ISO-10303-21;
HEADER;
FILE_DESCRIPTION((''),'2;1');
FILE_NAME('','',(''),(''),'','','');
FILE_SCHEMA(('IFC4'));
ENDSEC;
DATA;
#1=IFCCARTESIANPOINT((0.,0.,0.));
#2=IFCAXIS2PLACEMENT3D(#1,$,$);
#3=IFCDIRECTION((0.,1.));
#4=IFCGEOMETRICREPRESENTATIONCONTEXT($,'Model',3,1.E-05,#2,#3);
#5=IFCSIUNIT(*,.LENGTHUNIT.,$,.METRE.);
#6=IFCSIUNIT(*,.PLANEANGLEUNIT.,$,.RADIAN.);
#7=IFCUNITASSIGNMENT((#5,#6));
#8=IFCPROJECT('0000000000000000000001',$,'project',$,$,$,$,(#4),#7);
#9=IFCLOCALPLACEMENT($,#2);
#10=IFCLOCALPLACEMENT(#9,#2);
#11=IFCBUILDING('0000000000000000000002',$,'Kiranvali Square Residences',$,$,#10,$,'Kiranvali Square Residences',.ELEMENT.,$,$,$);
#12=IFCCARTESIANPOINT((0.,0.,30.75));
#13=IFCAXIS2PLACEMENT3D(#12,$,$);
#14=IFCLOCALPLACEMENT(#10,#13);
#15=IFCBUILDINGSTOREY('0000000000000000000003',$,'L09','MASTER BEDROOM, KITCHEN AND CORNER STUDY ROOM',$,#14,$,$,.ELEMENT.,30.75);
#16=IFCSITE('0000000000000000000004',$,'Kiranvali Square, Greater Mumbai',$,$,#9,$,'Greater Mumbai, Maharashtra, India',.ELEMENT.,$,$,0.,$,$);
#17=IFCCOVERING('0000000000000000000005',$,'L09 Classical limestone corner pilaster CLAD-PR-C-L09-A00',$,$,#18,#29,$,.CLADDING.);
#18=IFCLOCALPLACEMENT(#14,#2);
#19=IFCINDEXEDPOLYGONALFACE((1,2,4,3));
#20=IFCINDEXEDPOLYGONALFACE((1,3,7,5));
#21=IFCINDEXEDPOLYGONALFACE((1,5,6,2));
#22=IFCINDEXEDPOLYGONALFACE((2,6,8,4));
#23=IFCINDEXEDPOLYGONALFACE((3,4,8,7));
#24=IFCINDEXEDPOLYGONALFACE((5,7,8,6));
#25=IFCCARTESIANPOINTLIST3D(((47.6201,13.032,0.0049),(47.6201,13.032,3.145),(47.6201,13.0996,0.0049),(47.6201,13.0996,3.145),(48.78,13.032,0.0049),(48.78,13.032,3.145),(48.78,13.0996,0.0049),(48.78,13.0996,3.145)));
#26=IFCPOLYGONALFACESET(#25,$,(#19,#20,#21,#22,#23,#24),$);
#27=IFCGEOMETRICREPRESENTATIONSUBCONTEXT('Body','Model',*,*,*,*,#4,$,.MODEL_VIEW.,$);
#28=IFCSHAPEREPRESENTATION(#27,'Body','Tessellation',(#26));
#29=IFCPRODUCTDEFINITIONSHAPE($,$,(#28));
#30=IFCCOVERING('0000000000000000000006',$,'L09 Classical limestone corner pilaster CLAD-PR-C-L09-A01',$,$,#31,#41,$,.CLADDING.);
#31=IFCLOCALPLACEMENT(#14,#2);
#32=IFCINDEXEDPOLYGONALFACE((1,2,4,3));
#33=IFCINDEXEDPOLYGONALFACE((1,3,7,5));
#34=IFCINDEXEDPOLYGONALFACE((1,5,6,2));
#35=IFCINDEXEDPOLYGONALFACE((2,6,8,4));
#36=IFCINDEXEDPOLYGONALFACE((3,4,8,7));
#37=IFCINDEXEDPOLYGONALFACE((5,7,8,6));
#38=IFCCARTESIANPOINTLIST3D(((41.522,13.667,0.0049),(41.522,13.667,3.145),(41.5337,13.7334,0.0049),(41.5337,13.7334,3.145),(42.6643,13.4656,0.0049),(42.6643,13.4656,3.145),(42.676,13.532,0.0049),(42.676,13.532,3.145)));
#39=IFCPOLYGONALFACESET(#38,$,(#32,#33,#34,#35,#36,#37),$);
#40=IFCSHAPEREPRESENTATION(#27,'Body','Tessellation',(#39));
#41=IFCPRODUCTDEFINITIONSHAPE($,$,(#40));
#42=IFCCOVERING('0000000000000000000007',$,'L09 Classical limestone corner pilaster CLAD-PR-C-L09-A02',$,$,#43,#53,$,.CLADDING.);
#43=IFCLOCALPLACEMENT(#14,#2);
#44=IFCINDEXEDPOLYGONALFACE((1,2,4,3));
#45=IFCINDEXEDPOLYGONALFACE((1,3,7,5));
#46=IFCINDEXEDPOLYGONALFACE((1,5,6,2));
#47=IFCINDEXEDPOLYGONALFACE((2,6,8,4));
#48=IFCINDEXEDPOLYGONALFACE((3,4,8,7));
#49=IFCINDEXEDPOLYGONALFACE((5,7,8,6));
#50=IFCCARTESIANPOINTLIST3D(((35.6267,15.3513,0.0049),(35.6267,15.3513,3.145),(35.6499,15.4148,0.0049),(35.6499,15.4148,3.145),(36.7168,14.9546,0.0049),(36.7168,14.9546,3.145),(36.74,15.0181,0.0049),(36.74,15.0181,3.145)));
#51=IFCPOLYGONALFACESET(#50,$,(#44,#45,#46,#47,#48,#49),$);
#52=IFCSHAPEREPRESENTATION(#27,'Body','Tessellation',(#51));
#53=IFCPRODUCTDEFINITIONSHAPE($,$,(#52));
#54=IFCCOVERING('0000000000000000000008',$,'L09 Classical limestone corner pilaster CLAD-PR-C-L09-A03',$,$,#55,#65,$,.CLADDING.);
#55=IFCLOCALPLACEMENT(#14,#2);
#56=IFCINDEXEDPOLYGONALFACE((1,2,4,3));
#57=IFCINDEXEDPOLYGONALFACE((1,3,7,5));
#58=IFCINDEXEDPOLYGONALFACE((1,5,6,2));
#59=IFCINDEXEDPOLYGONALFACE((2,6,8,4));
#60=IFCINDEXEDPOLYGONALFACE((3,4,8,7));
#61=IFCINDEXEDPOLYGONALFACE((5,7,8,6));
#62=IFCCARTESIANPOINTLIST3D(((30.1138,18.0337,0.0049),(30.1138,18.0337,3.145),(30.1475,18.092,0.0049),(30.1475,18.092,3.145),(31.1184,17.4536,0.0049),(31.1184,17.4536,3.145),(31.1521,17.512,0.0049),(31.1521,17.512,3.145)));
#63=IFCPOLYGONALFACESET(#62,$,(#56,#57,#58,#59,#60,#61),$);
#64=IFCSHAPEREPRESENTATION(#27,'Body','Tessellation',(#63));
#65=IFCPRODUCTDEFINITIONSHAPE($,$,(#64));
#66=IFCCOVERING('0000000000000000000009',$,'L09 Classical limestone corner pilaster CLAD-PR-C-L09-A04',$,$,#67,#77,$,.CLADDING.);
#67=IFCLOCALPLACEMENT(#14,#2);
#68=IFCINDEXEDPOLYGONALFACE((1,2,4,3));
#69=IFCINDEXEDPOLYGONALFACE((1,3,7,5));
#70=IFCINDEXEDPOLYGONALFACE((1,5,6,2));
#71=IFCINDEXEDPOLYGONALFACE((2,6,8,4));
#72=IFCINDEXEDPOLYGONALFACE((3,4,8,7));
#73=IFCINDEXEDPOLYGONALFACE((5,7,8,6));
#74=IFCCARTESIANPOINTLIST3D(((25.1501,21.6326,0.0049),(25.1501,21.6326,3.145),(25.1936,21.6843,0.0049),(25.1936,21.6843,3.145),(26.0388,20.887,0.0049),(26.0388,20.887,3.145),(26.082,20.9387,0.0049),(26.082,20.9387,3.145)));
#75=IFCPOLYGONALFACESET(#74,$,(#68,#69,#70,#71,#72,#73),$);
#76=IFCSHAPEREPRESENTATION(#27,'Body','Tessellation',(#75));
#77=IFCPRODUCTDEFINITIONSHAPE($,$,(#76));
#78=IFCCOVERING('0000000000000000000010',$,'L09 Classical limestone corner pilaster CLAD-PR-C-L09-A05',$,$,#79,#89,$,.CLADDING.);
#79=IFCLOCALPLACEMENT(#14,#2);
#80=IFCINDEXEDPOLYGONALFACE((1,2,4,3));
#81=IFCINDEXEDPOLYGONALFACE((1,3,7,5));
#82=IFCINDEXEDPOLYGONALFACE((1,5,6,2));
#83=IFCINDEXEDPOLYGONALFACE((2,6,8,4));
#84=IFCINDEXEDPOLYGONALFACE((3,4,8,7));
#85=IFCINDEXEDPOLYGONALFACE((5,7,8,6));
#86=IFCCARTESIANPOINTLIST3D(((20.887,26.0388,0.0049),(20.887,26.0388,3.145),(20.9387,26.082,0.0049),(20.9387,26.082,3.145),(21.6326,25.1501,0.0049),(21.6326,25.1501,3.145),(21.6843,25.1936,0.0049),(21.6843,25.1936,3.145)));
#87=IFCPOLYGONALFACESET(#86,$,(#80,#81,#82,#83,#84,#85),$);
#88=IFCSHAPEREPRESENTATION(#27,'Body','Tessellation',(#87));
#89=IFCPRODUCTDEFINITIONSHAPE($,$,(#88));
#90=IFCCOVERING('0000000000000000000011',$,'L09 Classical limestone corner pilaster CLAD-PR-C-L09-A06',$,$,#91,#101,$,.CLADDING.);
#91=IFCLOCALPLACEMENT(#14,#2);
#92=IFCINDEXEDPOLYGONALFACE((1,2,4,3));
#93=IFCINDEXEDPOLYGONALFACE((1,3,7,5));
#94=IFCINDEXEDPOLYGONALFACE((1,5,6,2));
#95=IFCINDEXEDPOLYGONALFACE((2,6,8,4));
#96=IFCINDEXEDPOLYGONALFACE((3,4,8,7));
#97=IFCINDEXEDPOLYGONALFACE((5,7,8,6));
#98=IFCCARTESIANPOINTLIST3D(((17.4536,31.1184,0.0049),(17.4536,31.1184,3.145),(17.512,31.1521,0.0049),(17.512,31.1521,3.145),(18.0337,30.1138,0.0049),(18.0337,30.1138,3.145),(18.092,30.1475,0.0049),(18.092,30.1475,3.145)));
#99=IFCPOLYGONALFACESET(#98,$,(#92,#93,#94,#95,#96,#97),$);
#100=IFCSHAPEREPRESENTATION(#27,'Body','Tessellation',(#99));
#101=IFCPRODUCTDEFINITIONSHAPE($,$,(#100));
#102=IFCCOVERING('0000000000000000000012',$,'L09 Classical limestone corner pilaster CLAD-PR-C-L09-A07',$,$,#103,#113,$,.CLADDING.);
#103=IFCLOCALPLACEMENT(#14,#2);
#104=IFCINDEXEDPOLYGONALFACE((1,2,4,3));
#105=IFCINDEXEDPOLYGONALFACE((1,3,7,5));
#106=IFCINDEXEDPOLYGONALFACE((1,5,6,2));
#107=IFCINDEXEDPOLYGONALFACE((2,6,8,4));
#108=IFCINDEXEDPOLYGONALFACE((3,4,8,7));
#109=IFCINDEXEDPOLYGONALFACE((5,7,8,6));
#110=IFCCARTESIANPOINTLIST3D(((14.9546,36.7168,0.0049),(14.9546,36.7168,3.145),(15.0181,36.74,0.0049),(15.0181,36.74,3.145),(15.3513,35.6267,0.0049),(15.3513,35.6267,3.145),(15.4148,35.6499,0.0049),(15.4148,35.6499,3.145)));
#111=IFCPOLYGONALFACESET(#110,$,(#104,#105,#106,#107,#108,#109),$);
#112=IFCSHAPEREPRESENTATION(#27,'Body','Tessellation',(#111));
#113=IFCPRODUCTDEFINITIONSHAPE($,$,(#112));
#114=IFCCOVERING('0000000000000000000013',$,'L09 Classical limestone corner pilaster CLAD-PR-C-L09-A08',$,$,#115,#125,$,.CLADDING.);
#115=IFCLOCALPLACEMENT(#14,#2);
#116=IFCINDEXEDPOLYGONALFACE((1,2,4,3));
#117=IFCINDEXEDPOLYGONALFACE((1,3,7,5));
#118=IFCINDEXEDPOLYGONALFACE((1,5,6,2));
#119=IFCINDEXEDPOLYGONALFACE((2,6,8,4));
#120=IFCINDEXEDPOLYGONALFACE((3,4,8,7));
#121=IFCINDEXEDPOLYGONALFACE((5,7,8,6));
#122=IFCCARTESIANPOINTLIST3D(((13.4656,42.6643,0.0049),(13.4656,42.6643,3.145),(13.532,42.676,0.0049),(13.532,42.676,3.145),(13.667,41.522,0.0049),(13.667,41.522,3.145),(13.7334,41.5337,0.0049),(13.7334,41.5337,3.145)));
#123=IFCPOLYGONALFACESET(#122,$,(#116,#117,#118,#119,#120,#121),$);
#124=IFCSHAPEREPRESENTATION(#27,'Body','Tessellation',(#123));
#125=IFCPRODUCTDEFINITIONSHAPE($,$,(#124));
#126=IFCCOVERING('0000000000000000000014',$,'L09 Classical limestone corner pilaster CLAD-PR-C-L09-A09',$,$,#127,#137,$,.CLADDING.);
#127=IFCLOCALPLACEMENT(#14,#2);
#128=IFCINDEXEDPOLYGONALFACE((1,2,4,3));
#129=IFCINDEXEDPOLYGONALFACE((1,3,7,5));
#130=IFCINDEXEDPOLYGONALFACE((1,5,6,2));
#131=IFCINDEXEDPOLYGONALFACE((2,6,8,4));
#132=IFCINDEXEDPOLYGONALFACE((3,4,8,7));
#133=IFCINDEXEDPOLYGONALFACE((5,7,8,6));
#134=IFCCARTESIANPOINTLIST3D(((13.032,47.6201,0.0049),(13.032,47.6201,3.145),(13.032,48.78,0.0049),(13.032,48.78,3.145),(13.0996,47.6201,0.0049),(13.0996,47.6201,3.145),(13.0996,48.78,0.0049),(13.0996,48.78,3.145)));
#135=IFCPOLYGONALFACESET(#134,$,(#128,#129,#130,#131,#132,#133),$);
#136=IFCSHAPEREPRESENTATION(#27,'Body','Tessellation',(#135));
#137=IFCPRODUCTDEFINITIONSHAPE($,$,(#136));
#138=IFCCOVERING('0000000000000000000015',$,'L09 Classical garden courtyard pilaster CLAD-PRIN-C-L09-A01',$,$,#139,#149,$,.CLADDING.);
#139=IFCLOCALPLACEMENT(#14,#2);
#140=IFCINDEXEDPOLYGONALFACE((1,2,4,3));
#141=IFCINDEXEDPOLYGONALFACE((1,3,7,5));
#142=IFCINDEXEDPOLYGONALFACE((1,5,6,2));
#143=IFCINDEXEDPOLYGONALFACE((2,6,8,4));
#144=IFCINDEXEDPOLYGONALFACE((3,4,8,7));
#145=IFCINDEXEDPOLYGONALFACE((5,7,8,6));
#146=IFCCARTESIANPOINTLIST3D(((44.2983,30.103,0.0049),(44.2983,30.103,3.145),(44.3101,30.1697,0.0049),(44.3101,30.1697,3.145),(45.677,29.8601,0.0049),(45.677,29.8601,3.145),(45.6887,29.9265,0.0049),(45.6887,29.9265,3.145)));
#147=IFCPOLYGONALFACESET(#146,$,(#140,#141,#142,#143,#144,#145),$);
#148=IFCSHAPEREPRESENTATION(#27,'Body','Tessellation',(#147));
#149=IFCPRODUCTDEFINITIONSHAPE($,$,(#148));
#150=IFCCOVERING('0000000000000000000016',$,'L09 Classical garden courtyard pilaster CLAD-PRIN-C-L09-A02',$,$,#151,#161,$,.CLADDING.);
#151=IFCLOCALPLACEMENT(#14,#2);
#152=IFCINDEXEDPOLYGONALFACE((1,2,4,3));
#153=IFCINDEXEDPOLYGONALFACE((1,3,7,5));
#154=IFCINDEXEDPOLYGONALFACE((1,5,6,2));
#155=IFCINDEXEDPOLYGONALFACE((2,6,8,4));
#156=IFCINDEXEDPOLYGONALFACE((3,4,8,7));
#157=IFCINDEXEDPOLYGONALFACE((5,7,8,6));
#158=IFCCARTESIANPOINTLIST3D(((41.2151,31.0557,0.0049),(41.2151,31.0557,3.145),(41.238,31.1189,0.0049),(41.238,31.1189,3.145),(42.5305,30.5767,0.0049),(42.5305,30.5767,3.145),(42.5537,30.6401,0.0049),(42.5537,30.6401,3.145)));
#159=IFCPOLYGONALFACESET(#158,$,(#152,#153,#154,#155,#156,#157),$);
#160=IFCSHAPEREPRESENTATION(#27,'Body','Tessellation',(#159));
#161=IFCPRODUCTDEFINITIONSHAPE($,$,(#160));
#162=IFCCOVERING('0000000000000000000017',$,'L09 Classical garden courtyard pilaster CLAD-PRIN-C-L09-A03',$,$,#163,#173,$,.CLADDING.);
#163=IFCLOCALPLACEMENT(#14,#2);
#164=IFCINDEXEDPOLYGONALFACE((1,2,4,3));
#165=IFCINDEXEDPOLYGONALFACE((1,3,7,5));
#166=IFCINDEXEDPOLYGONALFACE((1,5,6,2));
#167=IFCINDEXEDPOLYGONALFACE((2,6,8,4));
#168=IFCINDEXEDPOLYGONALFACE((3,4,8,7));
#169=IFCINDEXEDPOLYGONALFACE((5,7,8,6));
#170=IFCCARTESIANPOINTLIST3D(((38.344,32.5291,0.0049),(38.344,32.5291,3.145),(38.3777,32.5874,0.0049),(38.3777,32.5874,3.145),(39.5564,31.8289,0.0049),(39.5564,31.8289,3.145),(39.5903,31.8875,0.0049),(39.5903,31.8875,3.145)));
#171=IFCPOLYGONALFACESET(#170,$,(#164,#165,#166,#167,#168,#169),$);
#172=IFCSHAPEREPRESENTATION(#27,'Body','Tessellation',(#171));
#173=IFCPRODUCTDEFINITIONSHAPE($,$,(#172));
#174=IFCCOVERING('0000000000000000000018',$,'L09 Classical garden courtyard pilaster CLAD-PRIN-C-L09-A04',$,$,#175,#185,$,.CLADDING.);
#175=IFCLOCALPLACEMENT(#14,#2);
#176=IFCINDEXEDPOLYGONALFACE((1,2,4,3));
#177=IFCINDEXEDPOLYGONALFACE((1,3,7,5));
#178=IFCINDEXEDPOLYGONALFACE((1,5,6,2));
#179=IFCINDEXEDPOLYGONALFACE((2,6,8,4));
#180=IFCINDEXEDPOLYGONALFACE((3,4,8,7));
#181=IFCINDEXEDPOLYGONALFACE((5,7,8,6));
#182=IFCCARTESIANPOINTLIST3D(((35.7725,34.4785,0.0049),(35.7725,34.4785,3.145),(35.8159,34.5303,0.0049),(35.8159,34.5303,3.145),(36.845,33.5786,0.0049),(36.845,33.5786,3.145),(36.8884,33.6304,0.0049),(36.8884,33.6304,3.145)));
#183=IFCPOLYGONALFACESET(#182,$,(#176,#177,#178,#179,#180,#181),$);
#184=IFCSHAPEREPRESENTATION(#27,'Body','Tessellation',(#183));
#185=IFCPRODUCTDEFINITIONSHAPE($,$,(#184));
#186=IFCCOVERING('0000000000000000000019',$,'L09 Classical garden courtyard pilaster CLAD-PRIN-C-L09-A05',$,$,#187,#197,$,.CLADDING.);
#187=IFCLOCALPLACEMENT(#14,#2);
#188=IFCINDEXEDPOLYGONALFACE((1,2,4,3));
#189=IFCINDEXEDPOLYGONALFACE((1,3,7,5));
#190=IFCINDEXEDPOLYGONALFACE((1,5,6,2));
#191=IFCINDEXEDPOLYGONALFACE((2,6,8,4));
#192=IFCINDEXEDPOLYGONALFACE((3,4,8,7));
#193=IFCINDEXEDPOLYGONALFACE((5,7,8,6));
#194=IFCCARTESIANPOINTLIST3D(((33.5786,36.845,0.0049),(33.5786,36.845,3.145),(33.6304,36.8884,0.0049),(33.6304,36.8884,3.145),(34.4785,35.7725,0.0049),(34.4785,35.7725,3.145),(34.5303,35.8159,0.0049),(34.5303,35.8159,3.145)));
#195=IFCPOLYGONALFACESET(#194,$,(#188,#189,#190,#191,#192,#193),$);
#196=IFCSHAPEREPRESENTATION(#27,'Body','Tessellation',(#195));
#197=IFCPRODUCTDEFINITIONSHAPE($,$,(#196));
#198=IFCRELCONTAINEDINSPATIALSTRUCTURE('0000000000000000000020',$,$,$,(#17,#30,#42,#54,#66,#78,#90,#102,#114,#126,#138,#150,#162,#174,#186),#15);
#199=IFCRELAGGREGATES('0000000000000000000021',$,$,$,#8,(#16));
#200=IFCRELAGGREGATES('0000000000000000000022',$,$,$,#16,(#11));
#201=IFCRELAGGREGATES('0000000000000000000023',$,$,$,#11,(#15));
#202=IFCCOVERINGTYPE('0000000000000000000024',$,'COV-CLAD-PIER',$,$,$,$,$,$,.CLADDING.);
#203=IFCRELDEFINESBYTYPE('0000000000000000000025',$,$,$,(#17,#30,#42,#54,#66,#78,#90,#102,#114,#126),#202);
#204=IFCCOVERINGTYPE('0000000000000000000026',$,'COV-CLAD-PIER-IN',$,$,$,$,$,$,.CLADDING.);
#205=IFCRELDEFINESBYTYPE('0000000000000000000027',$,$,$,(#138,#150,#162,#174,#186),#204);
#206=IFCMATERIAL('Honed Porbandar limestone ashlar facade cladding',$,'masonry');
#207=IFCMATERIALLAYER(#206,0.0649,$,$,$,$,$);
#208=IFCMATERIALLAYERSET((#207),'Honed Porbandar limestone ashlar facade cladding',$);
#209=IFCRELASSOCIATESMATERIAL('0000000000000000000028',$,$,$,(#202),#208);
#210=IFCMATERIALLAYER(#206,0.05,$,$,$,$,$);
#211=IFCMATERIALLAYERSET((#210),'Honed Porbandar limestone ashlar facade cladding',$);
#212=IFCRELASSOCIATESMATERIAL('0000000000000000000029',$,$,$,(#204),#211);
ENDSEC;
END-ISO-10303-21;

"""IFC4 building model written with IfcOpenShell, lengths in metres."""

from ifc_helpers import new_model, si_unit, direction, frame, origin, place, context, subcontext, project, spatial, polyline, outline, extrude, material, layer, layer_set, type_object, element, save


model = new_model("IFC4")

# Units and contexts
model_context = context("Model", 3, precision=1e-05, world=origin(), true_north=direction((0.0, 1.0)))
body_context = subcontext(model_context, "Body", "Model", "MODEL_VIEW")
ifc_project = project(units=[si_unit("LENGTHUNIT", "METRE"), si_unit("PLANEANGLEUNIT", "RADIAN")], contexts=[model_context])

# Site, building, storey
site_placement = place(None, origin())
site = spatial("IfcSite", under=ifc_project, at=site_placement, Name="Kiranvali Square, Greater Mumbai", LongName="Greater Mumbai, Maharashtra, India", CompositionType="ELEMENT", RefElevation=0.0)
building_placement = place(site_placement, origin())
building = spatial("IfcBuilding", under=site, at=building_placement, Name="Kiranvali Square Residences", LongName="Kiranvali Square Residences", CompositionType="ELEMENT")
storey_placement = place(building_placement, frame((0.0, 0.0, 30.75)))
storey = spatial("IfcBuildingStorey", under=building, at=storey_placement, Name="L09", Description="MASTER BEDROOM, KITCHEN AND CORNER STUDY ROOM", CompositionType="ELEMENT", Elevation=30.75)

# Coverings
ifc_material = material(Name="Honed Porbandar limestone ashlar facade cladding", Category="masonry")
ifc_layer_1 = layer(ifc_material, 0.0649)
ifc_layer_set_1 = layer_set([ifc_layer_1], Name="Honed Porbandar limestone ashlar facade cladding")
covering_type_1 = type_object("IfcCoveringType", Name="COV-CLAD-PIER", PredefinedType="CLADDING", material=ifc_layer_set_1)
covering_1_placement = place(storey_placement, frame((0.0, 0.0, 0.0049)))
element("IfcCovering", 1, at=covering_1_placement, inside=storey, type_object=covering_type_1, Name="L09 Classical limestone corner pilaster CLAD-PR-C-L09-A00", PredefinedType="CLADDING", context=body_context, shape_type="SweptSolid", body=[
    extrude(outline(polyline([(47.6201, 13.032), (48.78, 13.032), (48.78, 13.0996), (47.6201, 13.0996), (47.6201, 13.032)])), origin(), (0.0, 0.0, 1.0), 3.1401),
])
covering_2_placement = place(storey_placement, frame((0.0, 0.0, 0.0049)))
element("IfcCovering", 2, at=covering_2_placement, inside=storey, type_object=covering_type_1, Name="L09 Classical limestone corner pilaster CLAD-PR-C-L09-A01", PredefinedType="CLADDING", context=body_context, shape_type="SweptSolid", body=[
    extrude(outline(polyline([(41.522, 13.667), (42.6643, 13.4656), (42.676, 13.532), (41.5337, 13.7334), (41.522, 13.667)])), origin(), (0.0, 0.0, 1.0), 3.1401),
])
covering_3_placement = place(storey_placement, frame((0.0, 0.0, 0.0049)))
element("IfcCovering", 3, at=covering_3_placement, inside=storey, type_object=covering_type_1, Name="L09 Classical limestone corner pilaster CLAD-PR-C-L09-A02", PredefinedType="CLADDING", context=body_context, shape_type="SweptSolid", body=[
    extrude(outline(polyline([(35.6267, 15.3513), (36.7168, 14.9546), (36.74, 15.0181), (35.6499, 15.4148), (35.6267, 15.3513)])), origin(), (0.0, 0.0, 1.0), 3.1401),
])
covering_4_placement = place(storey_placement, frame((0.0, 0.0, 0.0049)))
element("IfcCovering", 4, at=covering_4_placement, inside=storey, type_object=covering_type_1, Name="L09 Classical limestone corner pilaster CLAD-PR-C-L09-A03", PredefinedType="CLADDING", context=body_context, shape_type="SweptSolid", body=[
    extrude(outline(polyline([(30.1138, 18.0337), (31.1184, 17.4536), (31.1521, 17.512), (30.1475, 18.092), (30.1138, 18.0337)])), origin(), (0.0, 0.0, 1.0), 3.1401),
])
covering_5_placement = place(storey_placement, frame((0.0, 0.0, 0.0049)))
element("IfcCovering", 5, at=covering_5_placement, inside=storey, type_object=covering_type_1, Name="L09 Classical limestone corner pilaster CLAD-PR-C-L09-A04", PredefinedType="CLADDING", context=body_context, shape_type="SweptSolid", body=[
    extrude(outline(polyline([(25.1501, 21.6326), (26.0388, 20.887), (26.082, 20.9387), (25.1936, 21.6843), (25.1501, 21.6326)])), origin(), (0.0, 0.0, 1.0), 3.1401),
])
covering_6_placement = place(storey_placement, frame((0.0, 0.0, 0.0049)))
element("IfcCovering", 6, at=covering_6_placement, inside=storey, type_object=covering_type_1, Name="L09 Classical limestone corner pilaster CLAD-PR-C-L09-A05", PredefinedType="CLADDING", context=body_context, shape_type="SweptSolid", body=[
    extrude(outline(polyline([(20.887, 26.0388), (21.6326, 25.1501), (21.6843, 25.1936), (20.9387, 26.082), (20.887, 26.0388)])), origin(), (0.0, 0.0, 1.0), 3.1401),
])
covering_7_placement = place(storey_placement, frame((0.0, 0.0, 0.0049)))
element("IfcCovering", 7, at=covering_7_placement, inside=storey, type_object=covering_type_1, Name="L09 Classical limestone corner pilaster CLAD-PR-C-L09-A06", PredefinedType="CLADDING", context=body_context, shape_type="SweptSolid", body=[
    extrude(outline(polyline([(17.4536, 31.1184), (18.0337, 30.1138), (18.092, 30.1475), (17.512, 31.1521), (17.4536, 31.1184)])), origin(), (0.0, 0.0, 1.0), 3.1401),
])
covering_8_placement = place(storey_placement, frame((0.0, 0.0, 0.0049)))
element("IfcCovering", 8, at=covering_8_placement, inside=storey, type_object=covering_type_1, Name="L09 Classical limestone corner pilaster CLAD-PR-C-L09-A07", PredefinedType="CLADDING", context=body_context, shape_type="SweptSolid", body=[
    extrude(outline(polyline([(14.9546, 36.7168), (15.3513, 35.6267), (15.4148, 35.6499), (15.0181, 36.74), (14.9546, 36.7168)])), origin(), (0.0, 0.0, 1.0), 3.1401),
])
covering_9_placement = place(storey_placement, frame((0.0, 0.0, 0.0049)))
element("IfcCovering", 9, at=covering_9_placement, inside=storey, type_object=covering_type_1, Name="L09 Classical limestone corner pilaster CLAD-PR-C-L09-A08", PredefinedType="CLADDING", context=body_context, shape_type="SweptSolid", body=[
    extrude(outline(polyline([(13.4656, 42.6643), (13.667, 41.522), (13.7334, 41.5337), (13.532, 42.676), (13.4656, 42.6643)])), origin(), (0.0, 0.0, 1.0), 3.1401),
])
covering_10_placement = place(storey_placement, frame((0.0, 0.0, 0.0049)))
element("IfcCovering", 10, at=covering_10_placement, inside=storey, type_object=covering_type_1, Name="L09 Classical limestone corner pilaster CLAD-PR-C-L09-A09", PredefinedType="CLADDING", context=body_context, shape_type="SweptSolid", body=[
    extrude(outline(polyline([(13.032, 48.78), (13.032, 47.6201), (13.0996, 47.6201), (13.0996, 48.78), (13.032, 48.78)])), origin(), (0.0, 0.0, 1.0), 3.1401),
])
ifc_layer_2 = layer(ifc_material, 0.05)
ifc_layer_set_2 = layer_set([ifc_layer_2], Name="Honed Porbandar limestone ashlar facade cladding")
covering_type_2 = type_object("IfcCoveringType", Name="COV-CLAD-PIER-IN", PredefinedType="CLADDING", material=ifc_layer_set_2)
covering_11_placement = place(storey_placement, frame((0.0, 0.0, 0.0049)))
element("IfcCovering", 11, at=covering_11_placement, inside=storey, type_object=covering_type_2, Name="L09 Classical garden courtyard pilaster CLAD-PRIN-C-L09-A01", PredefinedType="CLADDING", context=body_context, shape_type="SweptSolid", body=[
    extrude(outline(polyline([(45.6887, 29.9265), (44.3101, 30.1697), (44.2983, 30.103), (45.677, 29.8601), (45.6887, 29.9265)])), origin(), (0.0, 0.0, 1.0), 3.1401),
])
covering_12_placement = place(storey_placement, frame((0.0, 0.0, 0.0049)))
element("IfcCovering", 12, at=covering_12_placement, inside=storey, type_object=covering_type_2, Name="L09 Classical garden courtyard pilaster CLAD-PRIN-C-L09-A02", PredefinedType="CLADDING", context=body_context, shape_type="SweptSolid", body=[
    extrude(outline(polyline([(42.5537, 30.6401), (41.238, 31.1189), (41.2151, 31.0557), (42.5305, 30.5767), (42.5537, 30.6401)])), origin(), (0.0, 0.0, 1.0), 3.1401),
])
covering_13_placement = place(storey_placement, frame((0.0, 0.0, 0.0049)))
element("IfcCovering", 13, at=covering_13_placement, inside=storey, type_object=covering_type_2, Name="L09 Classical garden courtyard pilaster CLAD-PRIN-C-L09-A03", PredefinedType="CLADDING", context=body_context, shape_type="SweptSolid", body=[
    extrude(outline(polyline([(39.5903, 31.8875), (38.3777, 32.5874), (38.344, 32.5291), (39.5564, 31.8289), (39.5903, 31.8875)])), origin(), (0.0, 0.0, 1.0), 3.1401),
])
covering_14_placement = place(storey_placement, frame((0.0, 0.0, 0.0049)))
element("IfcCovering", 14, at=covering_14_placement, inside=storey, type_object=covering_type_2, Name="L09 Classical garden courtyard pilaster CLAD-PRIN-C-L09-A04", PredefinedType="CLADDING", context=body_context, shape_type="SweptSolid", body=[
    extrude(outline(polyline([(36.8884, 33.6304), (35.8159, 34.5303), (35.7725, 34.4785), (36.845, 33.5786), (36.8884, 33.6304)])), origin(), (0.0, 0.0, 1.0), 3.1401),
])
covering_15_placement = place(storey_placement, frame((0.0, 0.0, 0.0049)))
element("IfcCovering", 15, at=covering_15_placement, inside=storey, type_object=covering_type_2, Name="L09 Classical garden courtyard pilaster CLAD-PRIN-C-L09-A05", PredefinedType="CLADDING", context=body_context, shape_type="SweptSolid", body=[
    extrude(outline(polyline([(34.5303, 35.8159), (33.6304, 36.8884), (33.5786, 36.845), (34.4785, 35.7725), (34.5303, 35.8159)])), origin(), (0.0, 0.0, 1.0), 3.1401),
])

save(model, "model.ifc")
